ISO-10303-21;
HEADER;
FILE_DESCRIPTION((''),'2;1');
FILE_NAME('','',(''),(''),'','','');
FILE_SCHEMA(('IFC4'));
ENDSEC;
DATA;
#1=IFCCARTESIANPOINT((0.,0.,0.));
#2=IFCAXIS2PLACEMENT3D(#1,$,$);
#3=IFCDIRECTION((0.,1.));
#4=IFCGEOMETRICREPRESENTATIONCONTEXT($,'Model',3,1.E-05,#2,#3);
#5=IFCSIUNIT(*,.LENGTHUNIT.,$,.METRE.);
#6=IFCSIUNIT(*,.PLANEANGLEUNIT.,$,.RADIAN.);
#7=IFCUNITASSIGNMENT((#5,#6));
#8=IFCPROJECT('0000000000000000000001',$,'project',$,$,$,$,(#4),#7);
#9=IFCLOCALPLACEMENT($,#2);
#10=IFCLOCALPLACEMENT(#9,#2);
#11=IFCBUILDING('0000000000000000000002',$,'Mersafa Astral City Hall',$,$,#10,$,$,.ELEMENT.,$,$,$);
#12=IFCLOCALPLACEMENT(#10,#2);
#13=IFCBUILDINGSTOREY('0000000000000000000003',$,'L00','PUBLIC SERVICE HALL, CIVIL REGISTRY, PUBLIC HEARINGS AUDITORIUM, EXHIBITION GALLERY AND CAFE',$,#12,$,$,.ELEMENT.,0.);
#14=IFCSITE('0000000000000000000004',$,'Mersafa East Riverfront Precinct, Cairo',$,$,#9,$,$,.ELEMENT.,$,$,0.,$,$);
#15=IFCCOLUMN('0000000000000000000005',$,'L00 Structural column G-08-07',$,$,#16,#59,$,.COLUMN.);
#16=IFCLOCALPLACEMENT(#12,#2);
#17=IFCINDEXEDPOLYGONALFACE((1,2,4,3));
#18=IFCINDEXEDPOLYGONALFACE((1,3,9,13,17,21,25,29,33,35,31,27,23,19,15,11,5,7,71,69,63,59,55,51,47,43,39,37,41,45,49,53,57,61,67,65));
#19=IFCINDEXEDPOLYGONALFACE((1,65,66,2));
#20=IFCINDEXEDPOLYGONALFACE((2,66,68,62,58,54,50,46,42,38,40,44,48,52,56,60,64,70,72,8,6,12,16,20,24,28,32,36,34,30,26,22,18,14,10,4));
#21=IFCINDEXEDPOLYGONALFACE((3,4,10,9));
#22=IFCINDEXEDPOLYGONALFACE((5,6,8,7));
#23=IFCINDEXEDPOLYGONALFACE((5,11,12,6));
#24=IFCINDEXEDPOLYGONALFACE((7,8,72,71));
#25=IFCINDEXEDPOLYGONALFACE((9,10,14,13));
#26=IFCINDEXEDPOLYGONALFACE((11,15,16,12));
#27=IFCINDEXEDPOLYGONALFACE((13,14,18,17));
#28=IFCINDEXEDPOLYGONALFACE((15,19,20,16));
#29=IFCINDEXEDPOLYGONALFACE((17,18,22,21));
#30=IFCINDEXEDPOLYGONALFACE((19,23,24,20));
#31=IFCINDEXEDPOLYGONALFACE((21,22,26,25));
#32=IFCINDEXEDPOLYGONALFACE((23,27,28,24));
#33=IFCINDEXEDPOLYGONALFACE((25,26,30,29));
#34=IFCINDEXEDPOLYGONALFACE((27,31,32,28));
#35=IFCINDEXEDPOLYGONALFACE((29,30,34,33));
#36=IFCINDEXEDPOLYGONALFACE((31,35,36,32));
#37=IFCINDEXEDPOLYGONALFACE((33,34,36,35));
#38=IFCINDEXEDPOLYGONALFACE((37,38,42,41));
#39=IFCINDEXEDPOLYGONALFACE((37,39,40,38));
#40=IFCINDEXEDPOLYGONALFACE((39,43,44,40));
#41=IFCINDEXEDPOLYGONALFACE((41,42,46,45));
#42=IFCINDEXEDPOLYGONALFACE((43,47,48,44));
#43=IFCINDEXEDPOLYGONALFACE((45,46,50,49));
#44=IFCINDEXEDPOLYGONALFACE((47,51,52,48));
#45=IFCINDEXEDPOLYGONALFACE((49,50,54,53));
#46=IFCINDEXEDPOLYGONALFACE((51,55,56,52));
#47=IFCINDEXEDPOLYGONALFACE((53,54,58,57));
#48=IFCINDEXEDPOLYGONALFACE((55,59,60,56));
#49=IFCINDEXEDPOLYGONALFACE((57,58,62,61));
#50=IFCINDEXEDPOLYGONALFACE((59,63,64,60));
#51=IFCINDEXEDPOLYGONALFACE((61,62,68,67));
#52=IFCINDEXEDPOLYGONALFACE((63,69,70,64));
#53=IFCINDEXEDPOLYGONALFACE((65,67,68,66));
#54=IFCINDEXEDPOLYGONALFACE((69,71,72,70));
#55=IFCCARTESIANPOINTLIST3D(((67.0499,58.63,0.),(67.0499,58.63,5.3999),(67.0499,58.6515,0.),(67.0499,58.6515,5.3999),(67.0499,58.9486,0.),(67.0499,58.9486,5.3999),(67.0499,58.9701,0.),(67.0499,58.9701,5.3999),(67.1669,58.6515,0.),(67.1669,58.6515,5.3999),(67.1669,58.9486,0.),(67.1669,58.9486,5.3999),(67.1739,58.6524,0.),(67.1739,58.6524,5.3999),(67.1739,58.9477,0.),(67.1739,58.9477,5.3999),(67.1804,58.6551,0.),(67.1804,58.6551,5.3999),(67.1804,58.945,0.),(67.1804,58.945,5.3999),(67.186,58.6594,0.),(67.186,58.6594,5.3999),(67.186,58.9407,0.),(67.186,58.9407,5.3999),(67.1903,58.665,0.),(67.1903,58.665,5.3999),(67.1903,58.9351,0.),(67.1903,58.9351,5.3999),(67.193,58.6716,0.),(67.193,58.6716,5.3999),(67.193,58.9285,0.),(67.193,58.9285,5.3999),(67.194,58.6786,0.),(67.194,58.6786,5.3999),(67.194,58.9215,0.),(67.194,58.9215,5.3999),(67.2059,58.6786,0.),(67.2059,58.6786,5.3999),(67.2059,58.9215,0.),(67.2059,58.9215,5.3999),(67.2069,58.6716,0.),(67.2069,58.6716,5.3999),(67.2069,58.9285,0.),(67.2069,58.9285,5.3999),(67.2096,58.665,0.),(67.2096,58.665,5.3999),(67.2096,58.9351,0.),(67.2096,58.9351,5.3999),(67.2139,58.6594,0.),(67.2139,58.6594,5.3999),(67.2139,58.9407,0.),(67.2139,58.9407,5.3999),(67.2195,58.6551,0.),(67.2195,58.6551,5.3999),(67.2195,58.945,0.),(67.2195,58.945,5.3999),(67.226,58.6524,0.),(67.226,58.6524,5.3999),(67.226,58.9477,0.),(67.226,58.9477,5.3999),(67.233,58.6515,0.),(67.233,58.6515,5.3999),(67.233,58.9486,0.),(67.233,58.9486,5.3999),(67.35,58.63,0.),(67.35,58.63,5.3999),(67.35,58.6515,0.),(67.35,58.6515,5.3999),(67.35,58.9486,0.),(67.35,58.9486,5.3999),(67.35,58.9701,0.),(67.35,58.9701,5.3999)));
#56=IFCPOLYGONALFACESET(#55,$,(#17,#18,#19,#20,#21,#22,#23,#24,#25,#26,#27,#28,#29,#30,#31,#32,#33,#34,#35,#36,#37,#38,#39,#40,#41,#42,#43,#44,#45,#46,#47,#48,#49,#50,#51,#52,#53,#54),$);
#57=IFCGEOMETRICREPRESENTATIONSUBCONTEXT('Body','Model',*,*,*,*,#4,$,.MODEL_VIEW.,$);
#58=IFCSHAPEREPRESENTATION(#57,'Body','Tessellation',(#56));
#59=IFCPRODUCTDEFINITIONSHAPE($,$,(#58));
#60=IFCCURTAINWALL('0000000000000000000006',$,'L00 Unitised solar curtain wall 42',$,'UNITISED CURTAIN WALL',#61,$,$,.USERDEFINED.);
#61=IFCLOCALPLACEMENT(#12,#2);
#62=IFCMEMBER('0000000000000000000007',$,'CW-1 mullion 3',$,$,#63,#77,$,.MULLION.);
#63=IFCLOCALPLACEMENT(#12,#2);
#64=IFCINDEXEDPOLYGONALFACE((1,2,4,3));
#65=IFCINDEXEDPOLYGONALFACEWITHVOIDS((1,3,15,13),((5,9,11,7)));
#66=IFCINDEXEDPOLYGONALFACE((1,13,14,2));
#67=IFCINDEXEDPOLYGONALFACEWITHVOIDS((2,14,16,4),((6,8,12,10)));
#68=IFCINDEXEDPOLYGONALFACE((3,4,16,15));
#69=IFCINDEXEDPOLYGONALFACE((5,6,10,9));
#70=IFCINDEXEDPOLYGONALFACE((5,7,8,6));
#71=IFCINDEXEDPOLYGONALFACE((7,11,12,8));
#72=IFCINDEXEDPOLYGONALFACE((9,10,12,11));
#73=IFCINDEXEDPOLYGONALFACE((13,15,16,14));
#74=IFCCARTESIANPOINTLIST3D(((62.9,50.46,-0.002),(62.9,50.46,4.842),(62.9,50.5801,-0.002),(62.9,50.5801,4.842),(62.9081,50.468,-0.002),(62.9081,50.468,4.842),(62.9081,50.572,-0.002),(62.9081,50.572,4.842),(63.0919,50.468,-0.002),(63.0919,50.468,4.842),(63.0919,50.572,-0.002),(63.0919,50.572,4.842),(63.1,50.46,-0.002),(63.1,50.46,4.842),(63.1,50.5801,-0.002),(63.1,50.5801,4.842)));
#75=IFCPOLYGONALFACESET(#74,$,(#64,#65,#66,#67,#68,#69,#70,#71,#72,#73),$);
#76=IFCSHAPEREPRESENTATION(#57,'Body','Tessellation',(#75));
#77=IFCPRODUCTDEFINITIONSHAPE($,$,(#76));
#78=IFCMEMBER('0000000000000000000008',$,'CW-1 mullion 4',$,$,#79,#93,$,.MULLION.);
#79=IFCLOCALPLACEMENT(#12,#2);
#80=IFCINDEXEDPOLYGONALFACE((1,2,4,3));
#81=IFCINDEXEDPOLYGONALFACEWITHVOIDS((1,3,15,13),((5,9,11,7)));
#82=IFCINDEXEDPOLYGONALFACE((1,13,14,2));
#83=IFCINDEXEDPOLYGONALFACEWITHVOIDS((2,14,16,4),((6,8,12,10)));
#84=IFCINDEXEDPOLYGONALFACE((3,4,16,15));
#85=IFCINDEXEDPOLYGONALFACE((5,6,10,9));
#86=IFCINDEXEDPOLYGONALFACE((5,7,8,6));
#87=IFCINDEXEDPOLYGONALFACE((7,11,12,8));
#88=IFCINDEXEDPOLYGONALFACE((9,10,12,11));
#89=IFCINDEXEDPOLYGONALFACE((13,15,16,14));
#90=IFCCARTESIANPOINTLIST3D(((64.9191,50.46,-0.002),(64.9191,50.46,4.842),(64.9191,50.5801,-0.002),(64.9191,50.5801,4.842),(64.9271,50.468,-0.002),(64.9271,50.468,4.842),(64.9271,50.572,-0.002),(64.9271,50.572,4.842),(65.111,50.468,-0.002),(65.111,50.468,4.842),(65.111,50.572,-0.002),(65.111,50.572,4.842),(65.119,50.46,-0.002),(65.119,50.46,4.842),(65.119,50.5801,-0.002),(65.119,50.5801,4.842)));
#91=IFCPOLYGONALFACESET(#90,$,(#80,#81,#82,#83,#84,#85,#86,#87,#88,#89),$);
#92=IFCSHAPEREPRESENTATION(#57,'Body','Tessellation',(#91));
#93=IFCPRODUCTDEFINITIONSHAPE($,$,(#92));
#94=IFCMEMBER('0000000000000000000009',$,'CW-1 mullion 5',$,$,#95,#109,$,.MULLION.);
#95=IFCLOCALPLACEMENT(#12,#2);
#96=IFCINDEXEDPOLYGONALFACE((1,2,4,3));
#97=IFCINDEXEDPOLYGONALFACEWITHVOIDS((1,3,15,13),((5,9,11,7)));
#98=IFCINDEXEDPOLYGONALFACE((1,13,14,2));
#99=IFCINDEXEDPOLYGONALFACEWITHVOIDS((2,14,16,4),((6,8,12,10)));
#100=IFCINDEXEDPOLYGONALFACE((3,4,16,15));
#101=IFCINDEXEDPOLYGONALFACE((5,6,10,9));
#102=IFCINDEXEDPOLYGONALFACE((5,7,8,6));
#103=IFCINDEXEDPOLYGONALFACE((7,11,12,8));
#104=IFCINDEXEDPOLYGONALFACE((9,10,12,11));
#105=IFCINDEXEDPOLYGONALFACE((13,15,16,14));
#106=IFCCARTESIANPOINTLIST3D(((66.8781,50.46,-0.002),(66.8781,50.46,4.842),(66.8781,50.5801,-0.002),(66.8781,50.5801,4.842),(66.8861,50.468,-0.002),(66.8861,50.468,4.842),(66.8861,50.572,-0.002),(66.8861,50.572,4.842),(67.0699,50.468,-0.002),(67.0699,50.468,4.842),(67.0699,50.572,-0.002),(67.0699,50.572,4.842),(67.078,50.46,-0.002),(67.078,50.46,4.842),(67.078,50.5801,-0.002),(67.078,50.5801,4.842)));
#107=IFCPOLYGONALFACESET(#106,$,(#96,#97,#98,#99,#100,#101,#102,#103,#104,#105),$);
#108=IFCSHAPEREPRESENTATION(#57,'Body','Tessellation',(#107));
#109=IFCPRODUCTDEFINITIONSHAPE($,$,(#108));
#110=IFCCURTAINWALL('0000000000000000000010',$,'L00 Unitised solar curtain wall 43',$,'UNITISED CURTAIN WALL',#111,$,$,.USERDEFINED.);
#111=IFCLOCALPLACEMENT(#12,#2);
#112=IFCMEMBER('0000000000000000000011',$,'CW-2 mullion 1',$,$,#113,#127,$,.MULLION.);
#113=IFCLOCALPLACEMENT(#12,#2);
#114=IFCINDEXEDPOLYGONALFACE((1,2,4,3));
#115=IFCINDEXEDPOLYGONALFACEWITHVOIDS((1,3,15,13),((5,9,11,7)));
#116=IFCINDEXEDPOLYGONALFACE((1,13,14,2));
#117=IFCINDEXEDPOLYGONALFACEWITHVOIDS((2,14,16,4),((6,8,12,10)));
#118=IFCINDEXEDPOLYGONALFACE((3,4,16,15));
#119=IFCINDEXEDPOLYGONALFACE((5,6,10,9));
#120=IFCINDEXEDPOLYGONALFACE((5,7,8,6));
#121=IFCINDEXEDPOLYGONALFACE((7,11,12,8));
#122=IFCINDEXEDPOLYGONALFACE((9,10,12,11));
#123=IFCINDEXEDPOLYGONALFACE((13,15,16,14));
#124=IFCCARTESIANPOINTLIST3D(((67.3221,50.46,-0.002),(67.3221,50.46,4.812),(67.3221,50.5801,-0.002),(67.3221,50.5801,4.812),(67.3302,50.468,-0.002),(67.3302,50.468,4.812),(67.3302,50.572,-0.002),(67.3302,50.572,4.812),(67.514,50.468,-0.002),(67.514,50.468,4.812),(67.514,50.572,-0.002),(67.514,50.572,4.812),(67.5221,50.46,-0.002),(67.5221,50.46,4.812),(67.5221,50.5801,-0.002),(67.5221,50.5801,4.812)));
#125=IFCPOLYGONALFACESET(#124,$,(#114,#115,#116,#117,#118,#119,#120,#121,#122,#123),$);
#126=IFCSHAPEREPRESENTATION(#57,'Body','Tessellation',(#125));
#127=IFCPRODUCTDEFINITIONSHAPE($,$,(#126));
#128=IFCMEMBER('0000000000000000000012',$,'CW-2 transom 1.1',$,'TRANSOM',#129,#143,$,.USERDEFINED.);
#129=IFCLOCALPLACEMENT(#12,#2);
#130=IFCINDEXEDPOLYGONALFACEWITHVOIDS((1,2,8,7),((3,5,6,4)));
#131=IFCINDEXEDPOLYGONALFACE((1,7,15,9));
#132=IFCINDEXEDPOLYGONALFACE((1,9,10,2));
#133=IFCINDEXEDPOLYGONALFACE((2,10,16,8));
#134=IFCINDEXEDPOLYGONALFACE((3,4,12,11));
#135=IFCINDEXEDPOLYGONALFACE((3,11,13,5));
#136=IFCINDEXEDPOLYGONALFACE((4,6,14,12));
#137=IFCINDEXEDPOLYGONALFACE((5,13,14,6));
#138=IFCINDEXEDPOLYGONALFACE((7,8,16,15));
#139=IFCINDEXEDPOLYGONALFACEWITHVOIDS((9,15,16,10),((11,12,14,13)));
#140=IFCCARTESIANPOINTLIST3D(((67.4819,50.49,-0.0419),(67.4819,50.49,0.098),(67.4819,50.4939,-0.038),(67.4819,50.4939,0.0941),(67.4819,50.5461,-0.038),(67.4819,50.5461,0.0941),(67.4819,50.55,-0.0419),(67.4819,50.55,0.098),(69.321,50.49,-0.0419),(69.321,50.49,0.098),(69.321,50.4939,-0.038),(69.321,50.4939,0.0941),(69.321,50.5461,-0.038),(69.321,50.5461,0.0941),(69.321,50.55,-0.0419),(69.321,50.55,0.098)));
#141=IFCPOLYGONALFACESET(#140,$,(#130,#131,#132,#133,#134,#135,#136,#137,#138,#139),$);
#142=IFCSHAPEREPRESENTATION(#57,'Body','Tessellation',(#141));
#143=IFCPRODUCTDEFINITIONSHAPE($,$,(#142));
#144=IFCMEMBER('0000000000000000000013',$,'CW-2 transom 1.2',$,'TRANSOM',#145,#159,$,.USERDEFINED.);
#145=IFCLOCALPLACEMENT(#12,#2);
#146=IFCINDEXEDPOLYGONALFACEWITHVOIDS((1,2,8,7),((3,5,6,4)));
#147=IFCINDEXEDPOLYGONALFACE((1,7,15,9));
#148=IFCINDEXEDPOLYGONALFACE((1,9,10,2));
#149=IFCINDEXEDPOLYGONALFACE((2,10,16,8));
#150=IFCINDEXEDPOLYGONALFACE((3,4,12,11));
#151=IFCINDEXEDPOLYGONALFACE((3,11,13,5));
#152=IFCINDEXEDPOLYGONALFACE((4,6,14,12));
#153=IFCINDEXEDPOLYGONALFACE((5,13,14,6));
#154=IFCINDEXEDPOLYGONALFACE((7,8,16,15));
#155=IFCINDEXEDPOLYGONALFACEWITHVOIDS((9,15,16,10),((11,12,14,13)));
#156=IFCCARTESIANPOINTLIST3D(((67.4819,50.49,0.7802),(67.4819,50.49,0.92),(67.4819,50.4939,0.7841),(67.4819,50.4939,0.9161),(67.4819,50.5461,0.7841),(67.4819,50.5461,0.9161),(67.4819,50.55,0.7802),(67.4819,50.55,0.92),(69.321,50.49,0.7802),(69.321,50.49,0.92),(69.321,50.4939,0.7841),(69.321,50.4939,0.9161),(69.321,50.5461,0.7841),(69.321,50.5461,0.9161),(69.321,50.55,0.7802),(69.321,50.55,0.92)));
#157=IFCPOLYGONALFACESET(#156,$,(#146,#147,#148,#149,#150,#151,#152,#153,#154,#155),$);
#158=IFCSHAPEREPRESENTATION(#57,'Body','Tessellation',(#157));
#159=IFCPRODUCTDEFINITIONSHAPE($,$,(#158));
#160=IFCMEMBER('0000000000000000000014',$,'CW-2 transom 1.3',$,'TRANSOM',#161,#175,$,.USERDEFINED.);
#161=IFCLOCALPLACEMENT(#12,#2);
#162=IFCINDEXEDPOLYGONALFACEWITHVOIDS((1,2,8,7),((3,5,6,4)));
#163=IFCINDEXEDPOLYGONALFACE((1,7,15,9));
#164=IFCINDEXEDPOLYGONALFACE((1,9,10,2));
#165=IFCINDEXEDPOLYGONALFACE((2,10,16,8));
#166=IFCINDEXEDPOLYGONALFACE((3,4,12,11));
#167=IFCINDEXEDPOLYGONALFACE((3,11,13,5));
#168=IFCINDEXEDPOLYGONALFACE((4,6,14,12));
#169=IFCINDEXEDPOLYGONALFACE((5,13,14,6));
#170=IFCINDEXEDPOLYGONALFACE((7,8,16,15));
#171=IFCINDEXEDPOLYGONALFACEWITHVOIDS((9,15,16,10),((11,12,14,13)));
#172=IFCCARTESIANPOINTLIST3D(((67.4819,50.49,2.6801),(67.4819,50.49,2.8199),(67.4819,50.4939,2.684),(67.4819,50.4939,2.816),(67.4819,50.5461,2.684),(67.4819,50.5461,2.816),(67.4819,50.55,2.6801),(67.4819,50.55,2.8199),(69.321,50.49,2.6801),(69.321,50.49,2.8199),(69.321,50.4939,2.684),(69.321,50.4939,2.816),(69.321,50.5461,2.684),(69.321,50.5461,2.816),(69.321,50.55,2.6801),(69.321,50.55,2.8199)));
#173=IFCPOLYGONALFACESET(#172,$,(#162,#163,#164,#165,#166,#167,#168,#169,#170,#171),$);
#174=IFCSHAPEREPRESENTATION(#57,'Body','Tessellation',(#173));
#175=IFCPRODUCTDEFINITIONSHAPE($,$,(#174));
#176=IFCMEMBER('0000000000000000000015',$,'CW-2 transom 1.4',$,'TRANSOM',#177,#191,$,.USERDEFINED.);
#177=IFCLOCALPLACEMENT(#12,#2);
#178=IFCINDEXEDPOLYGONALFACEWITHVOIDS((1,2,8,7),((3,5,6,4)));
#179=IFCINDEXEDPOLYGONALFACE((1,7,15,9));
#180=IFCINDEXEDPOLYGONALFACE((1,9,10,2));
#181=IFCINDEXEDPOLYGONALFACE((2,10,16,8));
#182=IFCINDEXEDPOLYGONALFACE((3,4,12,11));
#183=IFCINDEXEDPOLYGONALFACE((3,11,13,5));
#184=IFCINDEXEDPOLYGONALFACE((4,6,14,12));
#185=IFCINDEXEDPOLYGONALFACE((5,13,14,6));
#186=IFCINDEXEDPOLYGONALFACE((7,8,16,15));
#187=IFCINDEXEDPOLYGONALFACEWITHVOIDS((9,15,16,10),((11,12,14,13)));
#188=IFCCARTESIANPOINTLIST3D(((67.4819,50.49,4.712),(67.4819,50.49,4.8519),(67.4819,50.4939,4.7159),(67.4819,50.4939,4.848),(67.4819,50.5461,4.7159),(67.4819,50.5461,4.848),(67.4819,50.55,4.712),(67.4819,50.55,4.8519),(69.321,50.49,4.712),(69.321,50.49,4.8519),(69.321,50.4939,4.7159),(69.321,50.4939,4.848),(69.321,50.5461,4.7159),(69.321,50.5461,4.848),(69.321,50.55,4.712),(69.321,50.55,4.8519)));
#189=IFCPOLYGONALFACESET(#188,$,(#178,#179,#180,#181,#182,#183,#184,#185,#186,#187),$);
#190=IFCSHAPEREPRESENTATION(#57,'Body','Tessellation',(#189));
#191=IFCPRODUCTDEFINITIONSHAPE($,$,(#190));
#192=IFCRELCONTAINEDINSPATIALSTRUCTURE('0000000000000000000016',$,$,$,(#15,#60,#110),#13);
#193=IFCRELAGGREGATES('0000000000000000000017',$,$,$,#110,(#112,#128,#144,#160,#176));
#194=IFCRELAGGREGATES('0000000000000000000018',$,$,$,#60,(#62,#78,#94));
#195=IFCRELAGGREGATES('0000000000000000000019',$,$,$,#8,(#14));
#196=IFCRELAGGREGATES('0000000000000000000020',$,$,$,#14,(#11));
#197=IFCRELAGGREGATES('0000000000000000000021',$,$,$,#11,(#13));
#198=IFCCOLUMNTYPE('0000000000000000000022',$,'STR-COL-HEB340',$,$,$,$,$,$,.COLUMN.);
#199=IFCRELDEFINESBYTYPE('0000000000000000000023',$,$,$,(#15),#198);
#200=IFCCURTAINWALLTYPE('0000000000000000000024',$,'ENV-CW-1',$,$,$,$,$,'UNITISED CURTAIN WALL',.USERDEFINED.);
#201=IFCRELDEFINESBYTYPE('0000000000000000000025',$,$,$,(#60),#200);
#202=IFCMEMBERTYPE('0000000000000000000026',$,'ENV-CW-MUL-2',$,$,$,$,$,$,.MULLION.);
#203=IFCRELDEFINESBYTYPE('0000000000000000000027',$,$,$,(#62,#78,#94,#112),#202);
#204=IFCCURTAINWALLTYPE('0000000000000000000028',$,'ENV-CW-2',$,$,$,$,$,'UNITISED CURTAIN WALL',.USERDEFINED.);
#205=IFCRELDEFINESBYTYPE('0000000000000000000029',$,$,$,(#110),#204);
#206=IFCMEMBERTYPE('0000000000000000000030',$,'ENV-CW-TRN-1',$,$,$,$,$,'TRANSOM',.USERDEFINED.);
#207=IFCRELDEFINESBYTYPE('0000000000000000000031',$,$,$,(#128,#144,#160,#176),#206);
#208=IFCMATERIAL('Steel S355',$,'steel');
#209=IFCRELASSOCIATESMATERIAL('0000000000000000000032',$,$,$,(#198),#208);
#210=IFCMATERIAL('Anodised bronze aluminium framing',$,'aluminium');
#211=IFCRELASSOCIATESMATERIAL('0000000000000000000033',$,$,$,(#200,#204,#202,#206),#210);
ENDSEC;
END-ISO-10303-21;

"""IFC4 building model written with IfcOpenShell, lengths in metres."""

from ifc_helpers import new_model, si_unit, direction, frame, origin, origin_2d, place, context, subcontext, project, spatial, hollow_rectangle, i_section, extrude, material, material_profile, profile_set, type_object, element, aggregate, save


model = new_model("IFC4")

# Units and contexts
model_context = context("Model", 3, precision=1e-05, world=origin(), true_north=direction((0.0, 1.0)))
body_context = subcontext(model_context, "Body", "Model", "MODEL_VIEW")
ifc_project = project(units=[si_unit("LENGTHUNIT", "METRE"), si_unit("PLANEANGLEUNIT", "RADIAN")], contexts=[model_context])

# Site, building, storey
site_placement = place(None, origin())
site = spatial("IfcSite", under=ifc_project, at=site_placement, Name="Mersafa East Riverfront Precinct, Cairo", CompositionType="ELEMENT", RefElevation=0.0)
building_placement = place(site_placement, origin())
building = spatial("IfcBuilding", under=site, at=building_placement, Name="Mersafa Astral City Hall", CompositionType="ELEMENT")
storey_placement = place(building_placement, origin())
storey = spatial("IfcBuildingStorey", under=building, at=storey_placement, Name="L00", Description="PUBLIC SERVICE HALL, CIVIL REGISTRY, PUBLIC HEARINGS AUDITORIUM, EXHIBITION GALLERY AND CAFE", CompositionType="ELEMENT", Elevation=0.0)

# Column
ifc_material_1 = material(Name="Steel S355", Category="steel")
ifc_material_profile_1 = material_profile(ifc_material_1, i_section(OverallWidth=0.3, OverallDepth=0.3401, WebThickness=0.012, FlangeThickness=0.0215, FilletRadius=0.0271, at=origin_2d()), Name="HEB 340")
ifc_profile_set_1 = profile_set([ifc_material_profile_1], Name="Steel S355")
column_type = type_object("IfcColumnType", Name="STR-COL-HEB340", PredefinedType="COLUMN", material=ifc_profile_set_1)
column_placement = place(storey_placement, frame((67.2, 58.8, 0.0), z_axis=(0.0, 0.0, 1.0), x_axis=(1.0, 0.0, 0.0)))
element("IfcColumn", 1, at=column_placement, inside=storey, type_object=column_type, Name="L00 Structural column G-08-07", PredefinedType="COLUMN", context=body_context, shape_type="SweptSolid", body=[
    extrude(i_section(OverallWidth=0.3, OverallDepth=0.3401, WebThickness=0.012, FlangeThickness=0.0215, FilletRadius=0.0271, at=origin_2d()), origin(), (0.0, 0.0, 1.0), 5.3999),
])

# Curtain walls, members
ifc_material_2 = material(Name="Anodised bronze aluminium framing", Category="aluminium")
curtain_wall_type_1 = type_object("IfcCurtainWallType", Name="ENV-CW-1", ElementType="UNITISED CURTAIN WALL", PredefinedType="USERDEFINED", material=ifc_material_2)
curtain_wall_1_placement = place(storey_placement, origin())
curtain_wall_1 = element("IfcCurtainWall", 2, at=curtain_wall_1_placement, inside=storey, type_object=curtain_wall_type_1, Name="L00 Unitised solar curtain wall 42", ObjectType="UNITISED CURTAIN WALL", PredefinedType="USERDEFINED")
ifc_material_profile_2 = material_profile(ifc_material_2, hollow_rectangle(XDim=0.1201, YDim=0.2, WallThickness=0.0081, at=origin_2d()), Name="RHS 120x200x8")
ifc_profile_set_2 = profile_set([ifc_material_profile_2], Name="Anodised bronze aluminium framing")
member_type_1 = type_object("IfcMemberType", Name="ENV-CW-MUL-2", PredefinedType="MULLION", material=ifc_profile_set_2)
member_1_placement = place(storey_placement, frame((63.0, 50.52, -0.002), z_axis=(0.0, 0.0, 1.0), x_axis=(0.0, 1.0, 0.0)))
member_1 = element("IfcMember", 3, at=member_1_placement, type_object=member_type_1, Name="CW-1 mullion 3", PredefinedType="MULLION", context=body_context, shape_type="SweptSolid", body=[
    extrude(hollow_rectangle(XDim=0.1201, YDim=0.2, WallThickness=0.0081, at=origin_2d()), origin(), (0.0, 0.0, 1.0), 4.844),
])
member_2_placement = place(storey_placement, frame((65.019, 50.52, -0.002), z_axis=(0.0, 0.0, 1.0), x_axis=(0.0, 1.0, 0.0)))
member_2 = element("IfcMember", 4, at=member_2_placement, type_object=member_type_1, Name="CW-1 mullion 4", PredefinedType="MULLION", context=body_context, shape_type="SweptSolid", body=[
    extrude(hollow_rectangle(XDim=0.1201, YDim=0.2, WallThickness=0.0081, at=origin_2d()), origin(), (0.0, 0.0, 1.0), 4.844),
])
member_3_placement = place(storey_placement, frame((66.978, 50.52, -0.002), z_axis=(0.0, 0.0, 1.0), x_axis=(0.0, 1.0, 0.0)))
member_3 = element("IfcMember", 5, at=member_3_placement, type_object=member_type_1, Name="CW-1 mullion 5", PredefinedType="MULLION", context=body_context, shape_type="SweptSolid", body=[
    extrude(hollow_rectangle(XDim=0.1201, YDim=0.2, WallThickness=0.0081, at=origin_2d()), origin(), (0.0, 0.0, 1.0), 4.844),
])
curtain_wall_type_2 = type_object("IfcCurtainWallType", Name="ENV-CW-2", ElementType="UNITISED CURTAIN WALL", PredefinedType="USERDEFINED", material=ifc_material_2)
curtain_wall_2_placement = place(storey_placement, origin())
curtain_wall_2 = element("IfcCurtainWall", 6, at=curtain_wall_2_placement, inside=storey, type_object=curtain_wall_type_2, Name="L00 Unitised solar curtain wall 43", ObjectType="UNITISED CURTAIN WALL", PredefinedType="USERDEFINED")
member_4_placement = place(storey_placement, frame((67.4221, 50.52, -0.002), z_axis=(0.0, 0.0, 1.0), x_axis=(0.0, 1.0, 0.0)))
member_4 = element("IfcMember", 7, at=member_4_placement, type_object=member_type_1, Name="CW-2 mullion 1", PredefinedType="MULLION", context=body_context, shape_type="SweptSolid", body=[
    extrude(hollow_rectangle(XDim=0.1201, YDim=0.2, WallThickness=0.0081, at=origin_2d()), origin(), (0.0, 0.0, 1.0), 4.814),
])
ifc_material_profile_3 = material_profile(ifc_material_2, hollow_rectangle(XDim=0.0601, YDim=0.1399, WallThickness=0.0039, at=origin_2d()), Name="RHS 60x140x4")
ifc_profile_set_3 = profile_set([ifc_material_profile_3], Name="Anodised bronze aluminium framing")
member_type_2 = type_object("IfcMemberType", Name="ENV-CW-TRN-1", ElementType="TRANSOM", PredefinedType="USERDEFINED", material=ifc_profile_set_3)
member_5_placement = place(storey_placement, frame((67.4819, 50.52, 0.0281), z_axis=(1.0, 0.0, 0.0), x_axis=(0.0, 1.0, 0.0)))
member_5 = element("IfcMember", 8, at=member_5_placement, type_object=member_type_2, Name="CW-2 transom 1.1", ObjectType="TRANSOM", PredefinedType="USERDEFINED", context=body_context, shape_type="SweptSolid", body=[
    extrude(hollow_rectangle(XDim=0.0601, YDim=0.1399, WallThickness=0.0039, at=origin_2d()), origin(), (0.0, 0.0, 1.0), 1.8391),
])
member_6_placement = place(storey_placement, frame((67.4819, 50.52, 0.8501), z_axis=(1.0, 0.0, 0.0), x_axis=(0.0, 1.0, 0.0)))
member_6 = element("IfcMember", 9, at=member_6_placement, type_object=member_type_2, Name="CW-2 transom 1.2", ObjectType="TRANSOM", PredefinedType="USERDEFINED", context=body_context, shape_type="SweptSolid", body=[
    extrude(hollow_rectangle(XDim=0.0601, YDim=0.1399, WallThickness=0.0039, at=origin_2d()), origin(), (0.0, 0.0, 1.0), 1.8391),
])
member_7_placement = place(storey_placement, frame((67.4819, 50.52, 2.75), z_axis=(1.0, 0.0, 0.0), x_axis=(0.0, 1.0, 0.0)))
member_7 = element("IfcMember", 10, at=member_7_placement, type_object=member_type_2, Name="CW-2 transom 1.3", ObjectType="TRANSOM", PredefinedType="USERDEFINED", context=body_context, shape_type="SweptSolid", body=[
    extrude(hollow_rectangle(XDim=0.0601, YDim=0.1399, WallThickness=0.0039, at=origin_2d()), origin(), (0.0, 0.0, 1.0), 1.8391),
])
member_8_placement = place(storey_placement, frame((67.4819, 50.52, 4.782), z_axis=(1.0, 0.0, 0.0), x_axis=(0.0, 1.0, 0.0)))
member_8 = element("IfcMember", 11, at=member_8_placement, type_object=member_type_2, Name="CW-2 transom 1.4", ObjectType="TRANSOM", PredefinedType="USERDEFINED", context=body_context, shape_type="SweptSolid", body=[
    extrude(hollow_rectangle(XDim=0.0601, YDim=0.1399, WallThickness=0.0039, at=origin_2d()), origin(), (0.0, 0.0, 1.0), 1.8391),
])
aggregate(curtain_wall_2, [member_4, member_5, member_6, member_7, member_8])

aggregate(curtain_wall_1, [member_1, member_2, member_3])

save(model, "model.ifc")
